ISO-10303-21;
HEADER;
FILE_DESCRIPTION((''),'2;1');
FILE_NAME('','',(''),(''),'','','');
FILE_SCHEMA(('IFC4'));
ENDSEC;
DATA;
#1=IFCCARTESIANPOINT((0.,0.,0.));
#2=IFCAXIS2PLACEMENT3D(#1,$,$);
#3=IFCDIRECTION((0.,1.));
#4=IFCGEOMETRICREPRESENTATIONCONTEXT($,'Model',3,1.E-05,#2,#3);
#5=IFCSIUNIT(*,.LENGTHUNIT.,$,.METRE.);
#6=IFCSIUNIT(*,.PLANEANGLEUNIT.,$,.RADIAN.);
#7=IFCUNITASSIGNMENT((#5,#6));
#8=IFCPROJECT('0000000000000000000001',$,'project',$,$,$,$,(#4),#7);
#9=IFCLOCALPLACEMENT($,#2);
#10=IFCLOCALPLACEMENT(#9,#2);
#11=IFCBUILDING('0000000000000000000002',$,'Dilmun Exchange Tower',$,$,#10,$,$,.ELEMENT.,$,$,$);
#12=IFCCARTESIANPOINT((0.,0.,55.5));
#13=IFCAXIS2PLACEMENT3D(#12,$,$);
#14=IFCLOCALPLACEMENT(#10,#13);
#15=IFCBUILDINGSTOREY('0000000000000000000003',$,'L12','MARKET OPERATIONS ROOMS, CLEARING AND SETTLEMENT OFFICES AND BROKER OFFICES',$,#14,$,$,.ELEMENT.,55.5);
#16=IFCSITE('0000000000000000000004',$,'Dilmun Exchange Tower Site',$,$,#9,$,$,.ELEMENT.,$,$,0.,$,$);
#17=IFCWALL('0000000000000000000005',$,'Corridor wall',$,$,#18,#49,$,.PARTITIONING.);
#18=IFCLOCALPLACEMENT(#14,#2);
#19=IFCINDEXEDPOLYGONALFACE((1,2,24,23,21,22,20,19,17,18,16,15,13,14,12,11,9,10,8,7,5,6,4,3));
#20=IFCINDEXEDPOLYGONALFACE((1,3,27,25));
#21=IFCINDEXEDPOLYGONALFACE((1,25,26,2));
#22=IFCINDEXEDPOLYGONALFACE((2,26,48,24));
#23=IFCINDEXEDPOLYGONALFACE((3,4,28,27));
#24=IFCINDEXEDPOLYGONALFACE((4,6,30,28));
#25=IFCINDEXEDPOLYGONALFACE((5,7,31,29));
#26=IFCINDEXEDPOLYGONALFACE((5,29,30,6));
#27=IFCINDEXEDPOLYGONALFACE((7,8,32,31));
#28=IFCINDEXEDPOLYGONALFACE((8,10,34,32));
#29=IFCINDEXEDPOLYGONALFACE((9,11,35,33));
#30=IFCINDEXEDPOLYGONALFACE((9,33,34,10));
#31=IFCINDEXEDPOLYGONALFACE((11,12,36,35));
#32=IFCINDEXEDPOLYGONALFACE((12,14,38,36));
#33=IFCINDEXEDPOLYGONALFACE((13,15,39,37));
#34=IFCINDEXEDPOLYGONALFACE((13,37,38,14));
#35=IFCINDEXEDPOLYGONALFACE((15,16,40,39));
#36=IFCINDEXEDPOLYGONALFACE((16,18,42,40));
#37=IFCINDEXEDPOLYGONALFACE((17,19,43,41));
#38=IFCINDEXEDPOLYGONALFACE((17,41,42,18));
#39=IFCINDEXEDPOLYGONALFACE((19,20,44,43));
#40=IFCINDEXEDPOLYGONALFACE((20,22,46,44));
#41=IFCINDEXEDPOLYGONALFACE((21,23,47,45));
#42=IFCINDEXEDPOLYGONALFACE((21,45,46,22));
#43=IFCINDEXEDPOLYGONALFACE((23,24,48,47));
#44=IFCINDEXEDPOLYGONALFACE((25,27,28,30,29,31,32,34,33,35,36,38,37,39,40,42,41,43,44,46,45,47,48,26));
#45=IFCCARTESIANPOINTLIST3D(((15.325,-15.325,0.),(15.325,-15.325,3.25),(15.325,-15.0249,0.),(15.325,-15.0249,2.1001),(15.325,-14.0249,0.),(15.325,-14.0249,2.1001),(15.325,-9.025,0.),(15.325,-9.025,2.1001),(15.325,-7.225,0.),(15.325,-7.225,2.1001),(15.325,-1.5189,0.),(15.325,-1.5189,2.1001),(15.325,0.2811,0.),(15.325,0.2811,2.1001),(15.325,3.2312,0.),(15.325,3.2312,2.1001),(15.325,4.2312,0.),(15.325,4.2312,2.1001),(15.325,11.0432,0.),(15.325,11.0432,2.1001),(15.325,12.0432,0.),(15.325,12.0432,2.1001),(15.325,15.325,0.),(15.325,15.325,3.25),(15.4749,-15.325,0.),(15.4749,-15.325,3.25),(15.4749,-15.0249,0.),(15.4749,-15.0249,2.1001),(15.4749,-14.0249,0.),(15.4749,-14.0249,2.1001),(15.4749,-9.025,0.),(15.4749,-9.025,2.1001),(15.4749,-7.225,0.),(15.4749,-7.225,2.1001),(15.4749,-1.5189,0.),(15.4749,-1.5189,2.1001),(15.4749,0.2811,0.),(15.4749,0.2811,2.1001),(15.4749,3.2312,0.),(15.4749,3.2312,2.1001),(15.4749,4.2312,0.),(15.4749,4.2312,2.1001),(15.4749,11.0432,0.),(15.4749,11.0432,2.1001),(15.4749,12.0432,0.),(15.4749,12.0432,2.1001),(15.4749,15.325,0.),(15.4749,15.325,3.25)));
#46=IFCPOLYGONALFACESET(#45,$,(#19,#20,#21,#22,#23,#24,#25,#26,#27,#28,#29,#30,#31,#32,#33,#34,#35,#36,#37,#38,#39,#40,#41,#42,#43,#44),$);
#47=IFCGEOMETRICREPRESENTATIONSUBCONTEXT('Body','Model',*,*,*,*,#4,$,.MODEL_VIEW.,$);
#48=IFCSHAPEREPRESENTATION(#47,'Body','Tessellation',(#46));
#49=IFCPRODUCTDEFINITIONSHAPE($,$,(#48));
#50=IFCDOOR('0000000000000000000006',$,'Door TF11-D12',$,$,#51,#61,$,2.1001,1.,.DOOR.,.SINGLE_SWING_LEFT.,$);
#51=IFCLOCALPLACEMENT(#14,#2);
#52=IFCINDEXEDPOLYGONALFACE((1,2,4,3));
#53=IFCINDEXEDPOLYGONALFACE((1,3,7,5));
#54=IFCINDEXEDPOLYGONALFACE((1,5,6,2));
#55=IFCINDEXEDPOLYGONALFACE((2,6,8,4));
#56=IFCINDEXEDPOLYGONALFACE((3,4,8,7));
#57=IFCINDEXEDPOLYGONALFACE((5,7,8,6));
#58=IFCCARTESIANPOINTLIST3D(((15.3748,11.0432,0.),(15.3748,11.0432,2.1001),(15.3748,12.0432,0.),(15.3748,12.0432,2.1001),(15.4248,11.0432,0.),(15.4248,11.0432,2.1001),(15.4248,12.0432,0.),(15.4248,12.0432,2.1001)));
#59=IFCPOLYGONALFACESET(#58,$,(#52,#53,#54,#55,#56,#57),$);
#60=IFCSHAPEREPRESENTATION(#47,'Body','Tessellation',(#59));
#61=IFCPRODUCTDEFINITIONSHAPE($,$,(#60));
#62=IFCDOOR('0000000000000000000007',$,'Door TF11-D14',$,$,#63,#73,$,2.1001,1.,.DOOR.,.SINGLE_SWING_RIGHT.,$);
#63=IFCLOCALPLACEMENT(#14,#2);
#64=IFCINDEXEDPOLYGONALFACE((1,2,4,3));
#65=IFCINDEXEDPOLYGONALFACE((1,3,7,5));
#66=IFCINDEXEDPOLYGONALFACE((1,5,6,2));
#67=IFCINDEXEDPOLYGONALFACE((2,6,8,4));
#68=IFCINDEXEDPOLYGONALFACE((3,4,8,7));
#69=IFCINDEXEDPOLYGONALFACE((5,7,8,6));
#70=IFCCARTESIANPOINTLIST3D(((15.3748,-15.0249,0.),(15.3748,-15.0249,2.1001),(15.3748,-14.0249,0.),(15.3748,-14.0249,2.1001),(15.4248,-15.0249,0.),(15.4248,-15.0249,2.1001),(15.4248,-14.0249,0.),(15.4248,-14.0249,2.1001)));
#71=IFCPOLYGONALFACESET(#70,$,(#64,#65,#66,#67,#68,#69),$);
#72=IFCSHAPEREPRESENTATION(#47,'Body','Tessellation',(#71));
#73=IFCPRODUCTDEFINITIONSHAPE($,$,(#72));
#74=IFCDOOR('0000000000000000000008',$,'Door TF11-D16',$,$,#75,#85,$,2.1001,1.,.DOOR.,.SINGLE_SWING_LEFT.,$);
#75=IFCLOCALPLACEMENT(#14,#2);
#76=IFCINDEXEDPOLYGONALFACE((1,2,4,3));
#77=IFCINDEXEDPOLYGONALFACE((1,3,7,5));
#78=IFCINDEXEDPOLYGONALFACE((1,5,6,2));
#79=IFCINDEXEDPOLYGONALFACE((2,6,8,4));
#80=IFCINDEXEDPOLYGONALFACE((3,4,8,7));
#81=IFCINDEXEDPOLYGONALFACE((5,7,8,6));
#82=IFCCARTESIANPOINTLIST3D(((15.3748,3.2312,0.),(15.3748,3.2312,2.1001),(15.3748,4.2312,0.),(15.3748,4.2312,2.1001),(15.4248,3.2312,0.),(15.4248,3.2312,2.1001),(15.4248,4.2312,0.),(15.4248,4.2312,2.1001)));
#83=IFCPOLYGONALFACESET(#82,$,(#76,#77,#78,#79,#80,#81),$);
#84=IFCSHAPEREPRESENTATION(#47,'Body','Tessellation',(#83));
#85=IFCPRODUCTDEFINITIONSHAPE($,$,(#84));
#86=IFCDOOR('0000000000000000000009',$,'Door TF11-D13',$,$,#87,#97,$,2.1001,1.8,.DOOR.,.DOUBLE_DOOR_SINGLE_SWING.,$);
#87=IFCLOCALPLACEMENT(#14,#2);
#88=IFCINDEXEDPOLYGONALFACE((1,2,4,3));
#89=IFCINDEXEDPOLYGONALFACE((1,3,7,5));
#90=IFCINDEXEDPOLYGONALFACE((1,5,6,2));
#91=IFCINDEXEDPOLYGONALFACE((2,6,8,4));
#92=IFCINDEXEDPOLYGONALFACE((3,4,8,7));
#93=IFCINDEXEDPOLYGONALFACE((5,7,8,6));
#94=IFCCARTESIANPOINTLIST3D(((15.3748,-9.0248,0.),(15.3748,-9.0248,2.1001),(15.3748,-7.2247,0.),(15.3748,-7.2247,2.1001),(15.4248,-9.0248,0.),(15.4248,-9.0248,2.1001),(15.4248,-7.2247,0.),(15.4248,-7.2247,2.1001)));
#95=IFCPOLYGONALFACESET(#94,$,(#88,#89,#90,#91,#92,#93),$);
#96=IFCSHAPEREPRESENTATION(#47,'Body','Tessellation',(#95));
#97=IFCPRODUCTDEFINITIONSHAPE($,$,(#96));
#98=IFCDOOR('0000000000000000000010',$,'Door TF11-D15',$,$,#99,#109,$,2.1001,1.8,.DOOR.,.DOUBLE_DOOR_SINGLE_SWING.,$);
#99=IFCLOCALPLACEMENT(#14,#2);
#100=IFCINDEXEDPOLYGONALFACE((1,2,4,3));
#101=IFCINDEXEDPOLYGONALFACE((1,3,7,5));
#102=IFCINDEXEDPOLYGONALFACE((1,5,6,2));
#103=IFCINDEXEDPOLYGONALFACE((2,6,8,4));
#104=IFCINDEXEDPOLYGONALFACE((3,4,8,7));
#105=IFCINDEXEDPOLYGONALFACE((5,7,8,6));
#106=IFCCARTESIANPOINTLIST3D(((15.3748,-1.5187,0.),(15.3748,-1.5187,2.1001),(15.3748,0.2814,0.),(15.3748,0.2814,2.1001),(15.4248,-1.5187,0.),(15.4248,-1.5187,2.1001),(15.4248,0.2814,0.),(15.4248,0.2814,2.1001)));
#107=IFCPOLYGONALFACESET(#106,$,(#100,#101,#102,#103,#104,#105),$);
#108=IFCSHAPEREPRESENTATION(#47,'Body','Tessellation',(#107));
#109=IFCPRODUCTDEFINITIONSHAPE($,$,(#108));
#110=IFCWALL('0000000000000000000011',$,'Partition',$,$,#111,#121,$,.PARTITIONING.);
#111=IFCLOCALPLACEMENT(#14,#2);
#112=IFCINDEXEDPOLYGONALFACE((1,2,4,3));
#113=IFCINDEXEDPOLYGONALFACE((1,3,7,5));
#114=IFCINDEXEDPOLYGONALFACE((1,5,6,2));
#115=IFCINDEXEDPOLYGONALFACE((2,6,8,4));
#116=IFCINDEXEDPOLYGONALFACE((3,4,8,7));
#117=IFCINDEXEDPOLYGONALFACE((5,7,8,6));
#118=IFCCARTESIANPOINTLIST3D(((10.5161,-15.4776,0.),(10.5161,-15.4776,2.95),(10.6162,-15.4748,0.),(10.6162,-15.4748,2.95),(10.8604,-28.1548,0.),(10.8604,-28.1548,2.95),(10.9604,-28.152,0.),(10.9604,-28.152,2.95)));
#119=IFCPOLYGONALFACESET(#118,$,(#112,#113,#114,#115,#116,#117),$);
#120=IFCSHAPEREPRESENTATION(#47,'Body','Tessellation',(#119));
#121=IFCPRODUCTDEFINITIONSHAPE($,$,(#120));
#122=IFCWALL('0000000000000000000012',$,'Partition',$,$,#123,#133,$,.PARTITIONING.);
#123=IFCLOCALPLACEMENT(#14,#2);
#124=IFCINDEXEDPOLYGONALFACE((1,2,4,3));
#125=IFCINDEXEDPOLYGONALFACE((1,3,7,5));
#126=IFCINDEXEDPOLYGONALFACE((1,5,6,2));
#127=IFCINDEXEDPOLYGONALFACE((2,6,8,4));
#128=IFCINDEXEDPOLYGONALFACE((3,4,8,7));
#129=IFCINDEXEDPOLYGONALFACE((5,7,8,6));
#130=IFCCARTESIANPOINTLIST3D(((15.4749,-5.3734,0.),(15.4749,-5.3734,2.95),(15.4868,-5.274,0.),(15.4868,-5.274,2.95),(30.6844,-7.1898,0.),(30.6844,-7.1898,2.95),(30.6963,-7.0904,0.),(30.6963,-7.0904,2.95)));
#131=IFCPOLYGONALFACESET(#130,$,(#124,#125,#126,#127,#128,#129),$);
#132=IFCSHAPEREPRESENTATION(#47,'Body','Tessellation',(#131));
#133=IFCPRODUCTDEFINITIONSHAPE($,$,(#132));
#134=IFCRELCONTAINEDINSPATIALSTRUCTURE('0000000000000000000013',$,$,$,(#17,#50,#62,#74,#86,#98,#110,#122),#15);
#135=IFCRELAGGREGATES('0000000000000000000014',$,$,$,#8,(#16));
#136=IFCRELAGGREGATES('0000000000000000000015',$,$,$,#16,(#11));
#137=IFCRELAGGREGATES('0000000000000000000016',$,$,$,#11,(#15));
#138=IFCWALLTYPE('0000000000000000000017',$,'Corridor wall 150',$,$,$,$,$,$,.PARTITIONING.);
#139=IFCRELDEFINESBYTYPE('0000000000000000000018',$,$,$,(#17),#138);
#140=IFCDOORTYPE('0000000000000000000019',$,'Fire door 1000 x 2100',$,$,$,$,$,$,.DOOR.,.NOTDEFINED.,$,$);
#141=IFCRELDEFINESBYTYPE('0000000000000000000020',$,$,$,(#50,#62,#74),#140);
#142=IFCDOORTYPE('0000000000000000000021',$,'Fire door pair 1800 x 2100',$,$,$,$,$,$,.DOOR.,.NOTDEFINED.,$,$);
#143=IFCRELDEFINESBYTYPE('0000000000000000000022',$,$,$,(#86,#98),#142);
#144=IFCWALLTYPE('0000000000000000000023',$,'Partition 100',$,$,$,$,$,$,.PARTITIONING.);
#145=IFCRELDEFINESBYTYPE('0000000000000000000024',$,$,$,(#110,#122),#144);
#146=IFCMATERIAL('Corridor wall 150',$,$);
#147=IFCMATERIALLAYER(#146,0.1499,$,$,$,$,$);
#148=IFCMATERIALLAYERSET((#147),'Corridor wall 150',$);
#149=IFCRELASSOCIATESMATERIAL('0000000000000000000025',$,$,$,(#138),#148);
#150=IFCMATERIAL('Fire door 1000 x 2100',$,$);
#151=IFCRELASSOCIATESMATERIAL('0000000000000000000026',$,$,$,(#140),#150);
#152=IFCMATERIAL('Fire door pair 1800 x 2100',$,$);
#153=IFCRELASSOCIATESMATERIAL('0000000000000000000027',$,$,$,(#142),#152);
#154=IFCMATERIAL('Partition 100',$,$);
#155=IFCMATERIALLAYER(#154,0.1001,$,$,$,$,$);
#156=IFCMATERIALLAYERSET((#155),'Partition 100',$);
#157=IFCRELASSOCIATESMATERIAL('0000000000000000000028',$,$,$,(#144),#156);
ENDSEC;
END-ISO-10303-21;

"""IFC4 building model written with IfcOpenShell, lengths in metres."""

from ifc_helpers import new_model, si_unit, direction, frame, frame_2d, origin, place, context, subcontext, project, spatial, rectangle, extrude, material, layer, layer_set, type_object, element, fill, save


model = new_model("IFC4")

# Units and contexts
model_context = context("Model", 3, precision=1e-05, world=origin(), true_north=direction((0.0, 1.0)))
body_context = subcontext(model_context, "Body", "Model", "MODEL_VIEW")
ifc_project = project(units=[si_unit("LENGTHUNIT", "METRE"), si_unit("PLANEANGLEUNIT", "RADIAN")], contexts=[model_context])

# Site, building, storey
site_placement = place(None, origin())
site = spatial("IfcSite", under=ifc_project, at=site_placement, Name="Dilmun Exchange Tower Site", CompositionType="ELEMENT", RefElevation=0.0)
building_placement = place(site_placement, origin())
building = spatial("IfcBuilding", under=site, at=building_placement, Name="Dilmun Exchange Tower", CompositionType="ELEMENT")
storey_placement = place(building_placement, frame((0.0, 0.0, 55.5)))
storey = spatial("IfcBuildingStorey", under=building, at=storey_placement, Name="L12", Description="MARKET OPERATIONS ROOMS, CLEARING AND SETTLEMENT OFFICES AND BROKER OFFICES", CompositionType="ELEMENT", Elevation=55.5)

# Wall, openings, doors
ifc_material_1 = material(Name="Corridor wall 150")
ifc_layer_1 = layer(ifc_material_1, 0.1499)
ifc_layer_set_1 = layer_set([ifc_layer_1], Name="Corridor wall 150")
wall_type_1 = type_object("IfcWallType", Name="Corridor wall 150", PredefinedType="PARTITIONING", material=ifc_layer_set_1)
wall_1_placement = place(storey_placement, frame((15.3999, -15.325, 0.0), z_axis=(0.0, 0.0, 1.0), x_axis=(0.0, 1.0, 0.0)))
wall_1 = element("IfcWall", 1, at=wall_1_placement, inside=storey, type_object=wall_type_1, Name="Corridor wall", PredefinedType="PARTITIONING", context=body_context, shape_type="SweptSolid", body=[
    extrude(rectangle(XDim=30.6499, YDim=0.1499, at=frame_2d((15.325, 0.0))), origin(), (0.0, 0.0, 1.0), 3.25),
])
opening_1_placement = place(wall_1_placement, frame((26.3682, 0.0, 0.0)))
opening_1 = element("IfcOpeningElement", 2, at=opening_1_placement, cuts=wall_1, PredefinedType="OPENING", context=body_context, shape_type="SweptSolid", body=[
    extrude(rectangle(XDim=1.0, YDim=2.1001, at=frame_2d((0.5, 1.05))), frame((0.0, 0.085, 0.0), z_axis=(0.0, -1.0, 0.0), x_axis=(1.0, 0.0, 0.0)), (0.0, 0.0, 1.0), 0.1699),
])
opening_2_placement = place(wall_1_placement, frame((6.3, 0.0, 0.0)))
opening_2 = element("IfcOpeningElement", 3, at=opening_2_placement, cuts=wall_1, PredefinedType="OPENING", context=body_context, shape_type="SweptSolid", body=[
    extrude(rectangle(XDim=1.8, YDim=2.1001, at=frame_2d((0.8999, 1.05))), frame((0.0, 0.085, 0.0), z_axis=(0.0, -1.0, 0.0), x_axis=(1.0, 0.0, 0.0)), (0.0, 0.0, 1.0), 0.1699),
])
opening_3_placement = place(wall_1_placement, frame((0.3, 0.0, 0.0)))
opening_3 = element("IfcOpeningElement", 4, at=opening_3_placement, cuts=wall_1, PredefinedType="OPENING", context=body_context, shape_type="SweptSolid", body=[
    extrude(rectangle(XDim=1.0, YDim=2.1001, at=frame_2d((0.5, 1.05))), frame((0.0, 0.085, 0.0), z_axis=(0.0, -1.0, 0.0), x_axis=(1.0, 0.0, 0.0)), (0.0, 0.0, 1.0), 0.1699),
])
opening_4_placement = place(wall_1_placement, frame((13.8062, 0.0, 0.0)))
opening_4 = element("IfcOpeningElement", 5, at=opening_4_placement, cuts=wall_1, PredefinedType="OPENING", context=body_context, shape_type="SweptSolid", body=[
    extrude(rectangle(XDim=1.8, YDim=2.1001, at=frame_2d((0.8999, 1.05))), frame((0.0, 0.085, 0.0), z_axis=(0.0, -1.0, 0.0), x_axis=(1.0, 0.0, 0.0)), (0.0, 0.0, 1.0), 0.1699),
])
opening_5_placement = place(wall_1_placement, frame((18.5562, 0.0, 0.0)))
opening_5 = element("IfcOpeningElement", 6, at=opening_5_placement, cuts=wall_1, PredefinedType="OPENING", context=body_context, shape_type="SweptSolid", body=[
    extrude(rectangle(XDim=1.0, YDim=2.1001, at=frame_2d((0.5, 1.05))), frame((0.0, 0.085, 0.0), z_axis=(0.0, -1.0, 0.0), x_axis=(1.0, 0.0, 0.0)), (0.0, 0.0, 1.0), 0.1699),
])
ifc_material_2 = material(Name="Fire door 1000 x 2100")
door_type_1 = type_object("IfcDoorType", Name="Fire door 1000 x 2100", OperationType="NOTDEFINED", PredefinedType="DOOR", material=ifc_material_2)
door_1_placement = place(opening_1_placement, frame((1.0, 0.0, 0.0), z_axis=(0.0, 0.0, 1.0), x_axis=(-1.0, 0.0, 0.0)))
door_1 = element("IfcDoor", 7, at=door_1_placement, inside=storey, type_object=door_type_1, Name="Door TF11-D12", OperationType="SINGLE_SWING_LEFT", OverallHeight=2.1001, OverallWidth=1.0, PredefinedType="DOOR", context=body_context, shape_type="SweptSolid", body=[
    extrude(rectangle(XDim=1.0, YDim=2.1001, at=frame_2d((0.5, 1.05))), frame((0.0, 0.0249, 0.0), z_axis=(0.0, -1.0, 0.0), x_axis=(1.0, 0.0, 0.0)), (0.0, 0.0, 1.0), 0.05),
])
fill(opening_1, door_1)
door_2_placement = place(opening_3_placement, frame((1.0, 0.0, 0.0), z_axis=(0.0, 0.0, 1.0), x_axis=(-1.0, 0.0, 0.0)))
door_2 = element("IfcDoor", 8, at=door_2_placement, inside=storey, type_object=door_type_1, Name="Door TF11-D14", OperationType="SINGLE_SWING_RIGHT", OverallHeight=2.1001, OverallWidth=1.0, PredefinedType="DOOR", context=body_context, shape_type="SweptSolid", body=[
    extrude(rectangle(XDim=1.0, YDim=2.1001, at=frame_2d((0.5, 1.05))), frame((0.0, 0.0249, 0.0), z_axis=(0.0, -1.0, 0.0), x_axis=(1.0, 0.0, 0.0)), (0.0, 0.0, 1.0), 0.05),
])
fill(opening_3, door_2)
door_3_placement = place(opening_5_placement, frame((1.0, 0.0, 0.0), z_axis=(0.0, 0.0, 1.0), x_axis=(-1.0, 0.0, 0.0)))
door_3 = element("IfcDoor", 9, at=door_3_placement, inside=storey, type_object=door_type_1, Name="Door TF11-D16", OperationType="SINGLE_SWING_LEFT", OverallHeight=2.1001, OverallWidth=1.0, PredefinedType="DOOR", context=body_context, shape_type="SweptSolid", body=[
    extrude(rectangle(XDim=1.0, YDim=2.1001, at=frame_2d((0.5, 1.05))), frame((0.0, 0.0249, 0.0), z_axis=(0.0, -1.0, 0.0), x_axis=(1.0, 0.0, 0.0)), (0.0, 0.0, 1.0), 0.05),
])
fill(opening_5, door_3)
ifc_material_3 = material(Name="Fire door pair 1800 x 2100")
door_type_2 = type_object("IfcDoorType", Name="Fire door pair 1800 x 2100", OperationType="NOTDEFINED", PredefinedType="DOOR", material=ifc_material_3)
door_4_placement = place(opening_2_placement, frame((1.8, 0.0, 0.0), z_axis=(0.0, 0.0, 1.0), x_axis=(-1.0, 0.0, 0.0)))
door_4 = element("IfcDoor", 10, at=door_4_placement, inside=storey, type_object=door_type_2, Name="Door TF11-D13", OperationType="DOUBLE_DOOR_SINGLE_SWING", OverallHeight=2.1001, OverallWidth=1.8, PredefinedType="DOOR", context=body_context, shape_type="SweptSolid", body=[
    extrude(rectangle(XDim=1.8, YDim=2.1001, at=frame_2d((0.8999, 1.05))), frame((0.0, 0.0249, 0.0), z_axis=(0.0, -1.0, 0.0), x_axis=(1.0, 0.0, 0.0)), (0.0, 0.0, 1.0), 0.05),
])
fill(opening_2, door_4)
door_5_placement = place(opening_4_placement, frame((1.8, 0.0, 0.0), z_axis=(0.0, 0.0, 1.0), x_axis=(-1.0, 0.0, 0.0)))
door_5 = element("IfcDoor", 11, at=door_5_placement, inside=storey, type_object=door_type_2, Name="Door TF11-D15", OperationType="DOUBLE_DOOR_SINGLE_SWING", OverallHeight=2.1001, OverallWidth=1.8, PredefinedType="DOOR", context=body_context, shape_type="SweptSolid", body=[
    extrude(rectangle(XDim=1.8, YDim=2.1001, at=frame_2d((0.8999, 1.05))), frame((0.0, 0.0249, 0.0), z_axis=(0.0, -1.0, 0.0), x_axis=(1.0, 0.0, 0.0)), (0.0, 0.0, 1.0), 0.05),
])
fill(opening_4, door_5)

# Walls
ifc_material_4 = material(Name="Partition 100")
ifc_layer_2 = layer(ifc_material_4, 0.1001)
ifc_layer_set_2 = layer_set([ifc_layer_2], Name="Partition 100")
wall_type_2 = type_object("IfcWallType", Name="Partition 100", PredefinedType="PARTITIONING", material=ifc_layer_set_2)
wall_2_placement = place(storey_placement, frame((10.5662, -15.4763, 0.0), z_axis=(0.0, 0.0, 1.0), x_axis=(0.027144, -0.999632, 0.0)))
element("IfcWall", 12, at=wall_2_placement, inside=storey, type_object=wall_type_2, Name="Partition", PredefinedType="PARTITIONING", context=body_context, shape_type="SweptSolid", body=[
    extrude(rectangle(XDim=12.6819, YDim=0.1001, at=frame_2d((6.3408, 0.0))), origin(), (0.0, 0.0, 1.0), 2.95),
])
wall_3_placement = place(storey_placement, frame((15.481, -5.3237, 0.0), z_axis=(0.0, 0.0, 1.0), x_axis=(0.992944, -0.118583, 0.0)))
element("IfcWall", 13, at=wall_3_placement, inside=storey, type_object=wall_type_2, Name="Partition", PredefinedType="PARTITIONING", context=body_context, shape_type="SweptSolid", body=[
    extrude(rectangle(XDim=15.3176, YDim=0.1001, at=frame_2d((7.6587, 0.0))), origin(), (0.0, 0.0, 1.0), 2.95),
])

save(model, "model.ifc")
